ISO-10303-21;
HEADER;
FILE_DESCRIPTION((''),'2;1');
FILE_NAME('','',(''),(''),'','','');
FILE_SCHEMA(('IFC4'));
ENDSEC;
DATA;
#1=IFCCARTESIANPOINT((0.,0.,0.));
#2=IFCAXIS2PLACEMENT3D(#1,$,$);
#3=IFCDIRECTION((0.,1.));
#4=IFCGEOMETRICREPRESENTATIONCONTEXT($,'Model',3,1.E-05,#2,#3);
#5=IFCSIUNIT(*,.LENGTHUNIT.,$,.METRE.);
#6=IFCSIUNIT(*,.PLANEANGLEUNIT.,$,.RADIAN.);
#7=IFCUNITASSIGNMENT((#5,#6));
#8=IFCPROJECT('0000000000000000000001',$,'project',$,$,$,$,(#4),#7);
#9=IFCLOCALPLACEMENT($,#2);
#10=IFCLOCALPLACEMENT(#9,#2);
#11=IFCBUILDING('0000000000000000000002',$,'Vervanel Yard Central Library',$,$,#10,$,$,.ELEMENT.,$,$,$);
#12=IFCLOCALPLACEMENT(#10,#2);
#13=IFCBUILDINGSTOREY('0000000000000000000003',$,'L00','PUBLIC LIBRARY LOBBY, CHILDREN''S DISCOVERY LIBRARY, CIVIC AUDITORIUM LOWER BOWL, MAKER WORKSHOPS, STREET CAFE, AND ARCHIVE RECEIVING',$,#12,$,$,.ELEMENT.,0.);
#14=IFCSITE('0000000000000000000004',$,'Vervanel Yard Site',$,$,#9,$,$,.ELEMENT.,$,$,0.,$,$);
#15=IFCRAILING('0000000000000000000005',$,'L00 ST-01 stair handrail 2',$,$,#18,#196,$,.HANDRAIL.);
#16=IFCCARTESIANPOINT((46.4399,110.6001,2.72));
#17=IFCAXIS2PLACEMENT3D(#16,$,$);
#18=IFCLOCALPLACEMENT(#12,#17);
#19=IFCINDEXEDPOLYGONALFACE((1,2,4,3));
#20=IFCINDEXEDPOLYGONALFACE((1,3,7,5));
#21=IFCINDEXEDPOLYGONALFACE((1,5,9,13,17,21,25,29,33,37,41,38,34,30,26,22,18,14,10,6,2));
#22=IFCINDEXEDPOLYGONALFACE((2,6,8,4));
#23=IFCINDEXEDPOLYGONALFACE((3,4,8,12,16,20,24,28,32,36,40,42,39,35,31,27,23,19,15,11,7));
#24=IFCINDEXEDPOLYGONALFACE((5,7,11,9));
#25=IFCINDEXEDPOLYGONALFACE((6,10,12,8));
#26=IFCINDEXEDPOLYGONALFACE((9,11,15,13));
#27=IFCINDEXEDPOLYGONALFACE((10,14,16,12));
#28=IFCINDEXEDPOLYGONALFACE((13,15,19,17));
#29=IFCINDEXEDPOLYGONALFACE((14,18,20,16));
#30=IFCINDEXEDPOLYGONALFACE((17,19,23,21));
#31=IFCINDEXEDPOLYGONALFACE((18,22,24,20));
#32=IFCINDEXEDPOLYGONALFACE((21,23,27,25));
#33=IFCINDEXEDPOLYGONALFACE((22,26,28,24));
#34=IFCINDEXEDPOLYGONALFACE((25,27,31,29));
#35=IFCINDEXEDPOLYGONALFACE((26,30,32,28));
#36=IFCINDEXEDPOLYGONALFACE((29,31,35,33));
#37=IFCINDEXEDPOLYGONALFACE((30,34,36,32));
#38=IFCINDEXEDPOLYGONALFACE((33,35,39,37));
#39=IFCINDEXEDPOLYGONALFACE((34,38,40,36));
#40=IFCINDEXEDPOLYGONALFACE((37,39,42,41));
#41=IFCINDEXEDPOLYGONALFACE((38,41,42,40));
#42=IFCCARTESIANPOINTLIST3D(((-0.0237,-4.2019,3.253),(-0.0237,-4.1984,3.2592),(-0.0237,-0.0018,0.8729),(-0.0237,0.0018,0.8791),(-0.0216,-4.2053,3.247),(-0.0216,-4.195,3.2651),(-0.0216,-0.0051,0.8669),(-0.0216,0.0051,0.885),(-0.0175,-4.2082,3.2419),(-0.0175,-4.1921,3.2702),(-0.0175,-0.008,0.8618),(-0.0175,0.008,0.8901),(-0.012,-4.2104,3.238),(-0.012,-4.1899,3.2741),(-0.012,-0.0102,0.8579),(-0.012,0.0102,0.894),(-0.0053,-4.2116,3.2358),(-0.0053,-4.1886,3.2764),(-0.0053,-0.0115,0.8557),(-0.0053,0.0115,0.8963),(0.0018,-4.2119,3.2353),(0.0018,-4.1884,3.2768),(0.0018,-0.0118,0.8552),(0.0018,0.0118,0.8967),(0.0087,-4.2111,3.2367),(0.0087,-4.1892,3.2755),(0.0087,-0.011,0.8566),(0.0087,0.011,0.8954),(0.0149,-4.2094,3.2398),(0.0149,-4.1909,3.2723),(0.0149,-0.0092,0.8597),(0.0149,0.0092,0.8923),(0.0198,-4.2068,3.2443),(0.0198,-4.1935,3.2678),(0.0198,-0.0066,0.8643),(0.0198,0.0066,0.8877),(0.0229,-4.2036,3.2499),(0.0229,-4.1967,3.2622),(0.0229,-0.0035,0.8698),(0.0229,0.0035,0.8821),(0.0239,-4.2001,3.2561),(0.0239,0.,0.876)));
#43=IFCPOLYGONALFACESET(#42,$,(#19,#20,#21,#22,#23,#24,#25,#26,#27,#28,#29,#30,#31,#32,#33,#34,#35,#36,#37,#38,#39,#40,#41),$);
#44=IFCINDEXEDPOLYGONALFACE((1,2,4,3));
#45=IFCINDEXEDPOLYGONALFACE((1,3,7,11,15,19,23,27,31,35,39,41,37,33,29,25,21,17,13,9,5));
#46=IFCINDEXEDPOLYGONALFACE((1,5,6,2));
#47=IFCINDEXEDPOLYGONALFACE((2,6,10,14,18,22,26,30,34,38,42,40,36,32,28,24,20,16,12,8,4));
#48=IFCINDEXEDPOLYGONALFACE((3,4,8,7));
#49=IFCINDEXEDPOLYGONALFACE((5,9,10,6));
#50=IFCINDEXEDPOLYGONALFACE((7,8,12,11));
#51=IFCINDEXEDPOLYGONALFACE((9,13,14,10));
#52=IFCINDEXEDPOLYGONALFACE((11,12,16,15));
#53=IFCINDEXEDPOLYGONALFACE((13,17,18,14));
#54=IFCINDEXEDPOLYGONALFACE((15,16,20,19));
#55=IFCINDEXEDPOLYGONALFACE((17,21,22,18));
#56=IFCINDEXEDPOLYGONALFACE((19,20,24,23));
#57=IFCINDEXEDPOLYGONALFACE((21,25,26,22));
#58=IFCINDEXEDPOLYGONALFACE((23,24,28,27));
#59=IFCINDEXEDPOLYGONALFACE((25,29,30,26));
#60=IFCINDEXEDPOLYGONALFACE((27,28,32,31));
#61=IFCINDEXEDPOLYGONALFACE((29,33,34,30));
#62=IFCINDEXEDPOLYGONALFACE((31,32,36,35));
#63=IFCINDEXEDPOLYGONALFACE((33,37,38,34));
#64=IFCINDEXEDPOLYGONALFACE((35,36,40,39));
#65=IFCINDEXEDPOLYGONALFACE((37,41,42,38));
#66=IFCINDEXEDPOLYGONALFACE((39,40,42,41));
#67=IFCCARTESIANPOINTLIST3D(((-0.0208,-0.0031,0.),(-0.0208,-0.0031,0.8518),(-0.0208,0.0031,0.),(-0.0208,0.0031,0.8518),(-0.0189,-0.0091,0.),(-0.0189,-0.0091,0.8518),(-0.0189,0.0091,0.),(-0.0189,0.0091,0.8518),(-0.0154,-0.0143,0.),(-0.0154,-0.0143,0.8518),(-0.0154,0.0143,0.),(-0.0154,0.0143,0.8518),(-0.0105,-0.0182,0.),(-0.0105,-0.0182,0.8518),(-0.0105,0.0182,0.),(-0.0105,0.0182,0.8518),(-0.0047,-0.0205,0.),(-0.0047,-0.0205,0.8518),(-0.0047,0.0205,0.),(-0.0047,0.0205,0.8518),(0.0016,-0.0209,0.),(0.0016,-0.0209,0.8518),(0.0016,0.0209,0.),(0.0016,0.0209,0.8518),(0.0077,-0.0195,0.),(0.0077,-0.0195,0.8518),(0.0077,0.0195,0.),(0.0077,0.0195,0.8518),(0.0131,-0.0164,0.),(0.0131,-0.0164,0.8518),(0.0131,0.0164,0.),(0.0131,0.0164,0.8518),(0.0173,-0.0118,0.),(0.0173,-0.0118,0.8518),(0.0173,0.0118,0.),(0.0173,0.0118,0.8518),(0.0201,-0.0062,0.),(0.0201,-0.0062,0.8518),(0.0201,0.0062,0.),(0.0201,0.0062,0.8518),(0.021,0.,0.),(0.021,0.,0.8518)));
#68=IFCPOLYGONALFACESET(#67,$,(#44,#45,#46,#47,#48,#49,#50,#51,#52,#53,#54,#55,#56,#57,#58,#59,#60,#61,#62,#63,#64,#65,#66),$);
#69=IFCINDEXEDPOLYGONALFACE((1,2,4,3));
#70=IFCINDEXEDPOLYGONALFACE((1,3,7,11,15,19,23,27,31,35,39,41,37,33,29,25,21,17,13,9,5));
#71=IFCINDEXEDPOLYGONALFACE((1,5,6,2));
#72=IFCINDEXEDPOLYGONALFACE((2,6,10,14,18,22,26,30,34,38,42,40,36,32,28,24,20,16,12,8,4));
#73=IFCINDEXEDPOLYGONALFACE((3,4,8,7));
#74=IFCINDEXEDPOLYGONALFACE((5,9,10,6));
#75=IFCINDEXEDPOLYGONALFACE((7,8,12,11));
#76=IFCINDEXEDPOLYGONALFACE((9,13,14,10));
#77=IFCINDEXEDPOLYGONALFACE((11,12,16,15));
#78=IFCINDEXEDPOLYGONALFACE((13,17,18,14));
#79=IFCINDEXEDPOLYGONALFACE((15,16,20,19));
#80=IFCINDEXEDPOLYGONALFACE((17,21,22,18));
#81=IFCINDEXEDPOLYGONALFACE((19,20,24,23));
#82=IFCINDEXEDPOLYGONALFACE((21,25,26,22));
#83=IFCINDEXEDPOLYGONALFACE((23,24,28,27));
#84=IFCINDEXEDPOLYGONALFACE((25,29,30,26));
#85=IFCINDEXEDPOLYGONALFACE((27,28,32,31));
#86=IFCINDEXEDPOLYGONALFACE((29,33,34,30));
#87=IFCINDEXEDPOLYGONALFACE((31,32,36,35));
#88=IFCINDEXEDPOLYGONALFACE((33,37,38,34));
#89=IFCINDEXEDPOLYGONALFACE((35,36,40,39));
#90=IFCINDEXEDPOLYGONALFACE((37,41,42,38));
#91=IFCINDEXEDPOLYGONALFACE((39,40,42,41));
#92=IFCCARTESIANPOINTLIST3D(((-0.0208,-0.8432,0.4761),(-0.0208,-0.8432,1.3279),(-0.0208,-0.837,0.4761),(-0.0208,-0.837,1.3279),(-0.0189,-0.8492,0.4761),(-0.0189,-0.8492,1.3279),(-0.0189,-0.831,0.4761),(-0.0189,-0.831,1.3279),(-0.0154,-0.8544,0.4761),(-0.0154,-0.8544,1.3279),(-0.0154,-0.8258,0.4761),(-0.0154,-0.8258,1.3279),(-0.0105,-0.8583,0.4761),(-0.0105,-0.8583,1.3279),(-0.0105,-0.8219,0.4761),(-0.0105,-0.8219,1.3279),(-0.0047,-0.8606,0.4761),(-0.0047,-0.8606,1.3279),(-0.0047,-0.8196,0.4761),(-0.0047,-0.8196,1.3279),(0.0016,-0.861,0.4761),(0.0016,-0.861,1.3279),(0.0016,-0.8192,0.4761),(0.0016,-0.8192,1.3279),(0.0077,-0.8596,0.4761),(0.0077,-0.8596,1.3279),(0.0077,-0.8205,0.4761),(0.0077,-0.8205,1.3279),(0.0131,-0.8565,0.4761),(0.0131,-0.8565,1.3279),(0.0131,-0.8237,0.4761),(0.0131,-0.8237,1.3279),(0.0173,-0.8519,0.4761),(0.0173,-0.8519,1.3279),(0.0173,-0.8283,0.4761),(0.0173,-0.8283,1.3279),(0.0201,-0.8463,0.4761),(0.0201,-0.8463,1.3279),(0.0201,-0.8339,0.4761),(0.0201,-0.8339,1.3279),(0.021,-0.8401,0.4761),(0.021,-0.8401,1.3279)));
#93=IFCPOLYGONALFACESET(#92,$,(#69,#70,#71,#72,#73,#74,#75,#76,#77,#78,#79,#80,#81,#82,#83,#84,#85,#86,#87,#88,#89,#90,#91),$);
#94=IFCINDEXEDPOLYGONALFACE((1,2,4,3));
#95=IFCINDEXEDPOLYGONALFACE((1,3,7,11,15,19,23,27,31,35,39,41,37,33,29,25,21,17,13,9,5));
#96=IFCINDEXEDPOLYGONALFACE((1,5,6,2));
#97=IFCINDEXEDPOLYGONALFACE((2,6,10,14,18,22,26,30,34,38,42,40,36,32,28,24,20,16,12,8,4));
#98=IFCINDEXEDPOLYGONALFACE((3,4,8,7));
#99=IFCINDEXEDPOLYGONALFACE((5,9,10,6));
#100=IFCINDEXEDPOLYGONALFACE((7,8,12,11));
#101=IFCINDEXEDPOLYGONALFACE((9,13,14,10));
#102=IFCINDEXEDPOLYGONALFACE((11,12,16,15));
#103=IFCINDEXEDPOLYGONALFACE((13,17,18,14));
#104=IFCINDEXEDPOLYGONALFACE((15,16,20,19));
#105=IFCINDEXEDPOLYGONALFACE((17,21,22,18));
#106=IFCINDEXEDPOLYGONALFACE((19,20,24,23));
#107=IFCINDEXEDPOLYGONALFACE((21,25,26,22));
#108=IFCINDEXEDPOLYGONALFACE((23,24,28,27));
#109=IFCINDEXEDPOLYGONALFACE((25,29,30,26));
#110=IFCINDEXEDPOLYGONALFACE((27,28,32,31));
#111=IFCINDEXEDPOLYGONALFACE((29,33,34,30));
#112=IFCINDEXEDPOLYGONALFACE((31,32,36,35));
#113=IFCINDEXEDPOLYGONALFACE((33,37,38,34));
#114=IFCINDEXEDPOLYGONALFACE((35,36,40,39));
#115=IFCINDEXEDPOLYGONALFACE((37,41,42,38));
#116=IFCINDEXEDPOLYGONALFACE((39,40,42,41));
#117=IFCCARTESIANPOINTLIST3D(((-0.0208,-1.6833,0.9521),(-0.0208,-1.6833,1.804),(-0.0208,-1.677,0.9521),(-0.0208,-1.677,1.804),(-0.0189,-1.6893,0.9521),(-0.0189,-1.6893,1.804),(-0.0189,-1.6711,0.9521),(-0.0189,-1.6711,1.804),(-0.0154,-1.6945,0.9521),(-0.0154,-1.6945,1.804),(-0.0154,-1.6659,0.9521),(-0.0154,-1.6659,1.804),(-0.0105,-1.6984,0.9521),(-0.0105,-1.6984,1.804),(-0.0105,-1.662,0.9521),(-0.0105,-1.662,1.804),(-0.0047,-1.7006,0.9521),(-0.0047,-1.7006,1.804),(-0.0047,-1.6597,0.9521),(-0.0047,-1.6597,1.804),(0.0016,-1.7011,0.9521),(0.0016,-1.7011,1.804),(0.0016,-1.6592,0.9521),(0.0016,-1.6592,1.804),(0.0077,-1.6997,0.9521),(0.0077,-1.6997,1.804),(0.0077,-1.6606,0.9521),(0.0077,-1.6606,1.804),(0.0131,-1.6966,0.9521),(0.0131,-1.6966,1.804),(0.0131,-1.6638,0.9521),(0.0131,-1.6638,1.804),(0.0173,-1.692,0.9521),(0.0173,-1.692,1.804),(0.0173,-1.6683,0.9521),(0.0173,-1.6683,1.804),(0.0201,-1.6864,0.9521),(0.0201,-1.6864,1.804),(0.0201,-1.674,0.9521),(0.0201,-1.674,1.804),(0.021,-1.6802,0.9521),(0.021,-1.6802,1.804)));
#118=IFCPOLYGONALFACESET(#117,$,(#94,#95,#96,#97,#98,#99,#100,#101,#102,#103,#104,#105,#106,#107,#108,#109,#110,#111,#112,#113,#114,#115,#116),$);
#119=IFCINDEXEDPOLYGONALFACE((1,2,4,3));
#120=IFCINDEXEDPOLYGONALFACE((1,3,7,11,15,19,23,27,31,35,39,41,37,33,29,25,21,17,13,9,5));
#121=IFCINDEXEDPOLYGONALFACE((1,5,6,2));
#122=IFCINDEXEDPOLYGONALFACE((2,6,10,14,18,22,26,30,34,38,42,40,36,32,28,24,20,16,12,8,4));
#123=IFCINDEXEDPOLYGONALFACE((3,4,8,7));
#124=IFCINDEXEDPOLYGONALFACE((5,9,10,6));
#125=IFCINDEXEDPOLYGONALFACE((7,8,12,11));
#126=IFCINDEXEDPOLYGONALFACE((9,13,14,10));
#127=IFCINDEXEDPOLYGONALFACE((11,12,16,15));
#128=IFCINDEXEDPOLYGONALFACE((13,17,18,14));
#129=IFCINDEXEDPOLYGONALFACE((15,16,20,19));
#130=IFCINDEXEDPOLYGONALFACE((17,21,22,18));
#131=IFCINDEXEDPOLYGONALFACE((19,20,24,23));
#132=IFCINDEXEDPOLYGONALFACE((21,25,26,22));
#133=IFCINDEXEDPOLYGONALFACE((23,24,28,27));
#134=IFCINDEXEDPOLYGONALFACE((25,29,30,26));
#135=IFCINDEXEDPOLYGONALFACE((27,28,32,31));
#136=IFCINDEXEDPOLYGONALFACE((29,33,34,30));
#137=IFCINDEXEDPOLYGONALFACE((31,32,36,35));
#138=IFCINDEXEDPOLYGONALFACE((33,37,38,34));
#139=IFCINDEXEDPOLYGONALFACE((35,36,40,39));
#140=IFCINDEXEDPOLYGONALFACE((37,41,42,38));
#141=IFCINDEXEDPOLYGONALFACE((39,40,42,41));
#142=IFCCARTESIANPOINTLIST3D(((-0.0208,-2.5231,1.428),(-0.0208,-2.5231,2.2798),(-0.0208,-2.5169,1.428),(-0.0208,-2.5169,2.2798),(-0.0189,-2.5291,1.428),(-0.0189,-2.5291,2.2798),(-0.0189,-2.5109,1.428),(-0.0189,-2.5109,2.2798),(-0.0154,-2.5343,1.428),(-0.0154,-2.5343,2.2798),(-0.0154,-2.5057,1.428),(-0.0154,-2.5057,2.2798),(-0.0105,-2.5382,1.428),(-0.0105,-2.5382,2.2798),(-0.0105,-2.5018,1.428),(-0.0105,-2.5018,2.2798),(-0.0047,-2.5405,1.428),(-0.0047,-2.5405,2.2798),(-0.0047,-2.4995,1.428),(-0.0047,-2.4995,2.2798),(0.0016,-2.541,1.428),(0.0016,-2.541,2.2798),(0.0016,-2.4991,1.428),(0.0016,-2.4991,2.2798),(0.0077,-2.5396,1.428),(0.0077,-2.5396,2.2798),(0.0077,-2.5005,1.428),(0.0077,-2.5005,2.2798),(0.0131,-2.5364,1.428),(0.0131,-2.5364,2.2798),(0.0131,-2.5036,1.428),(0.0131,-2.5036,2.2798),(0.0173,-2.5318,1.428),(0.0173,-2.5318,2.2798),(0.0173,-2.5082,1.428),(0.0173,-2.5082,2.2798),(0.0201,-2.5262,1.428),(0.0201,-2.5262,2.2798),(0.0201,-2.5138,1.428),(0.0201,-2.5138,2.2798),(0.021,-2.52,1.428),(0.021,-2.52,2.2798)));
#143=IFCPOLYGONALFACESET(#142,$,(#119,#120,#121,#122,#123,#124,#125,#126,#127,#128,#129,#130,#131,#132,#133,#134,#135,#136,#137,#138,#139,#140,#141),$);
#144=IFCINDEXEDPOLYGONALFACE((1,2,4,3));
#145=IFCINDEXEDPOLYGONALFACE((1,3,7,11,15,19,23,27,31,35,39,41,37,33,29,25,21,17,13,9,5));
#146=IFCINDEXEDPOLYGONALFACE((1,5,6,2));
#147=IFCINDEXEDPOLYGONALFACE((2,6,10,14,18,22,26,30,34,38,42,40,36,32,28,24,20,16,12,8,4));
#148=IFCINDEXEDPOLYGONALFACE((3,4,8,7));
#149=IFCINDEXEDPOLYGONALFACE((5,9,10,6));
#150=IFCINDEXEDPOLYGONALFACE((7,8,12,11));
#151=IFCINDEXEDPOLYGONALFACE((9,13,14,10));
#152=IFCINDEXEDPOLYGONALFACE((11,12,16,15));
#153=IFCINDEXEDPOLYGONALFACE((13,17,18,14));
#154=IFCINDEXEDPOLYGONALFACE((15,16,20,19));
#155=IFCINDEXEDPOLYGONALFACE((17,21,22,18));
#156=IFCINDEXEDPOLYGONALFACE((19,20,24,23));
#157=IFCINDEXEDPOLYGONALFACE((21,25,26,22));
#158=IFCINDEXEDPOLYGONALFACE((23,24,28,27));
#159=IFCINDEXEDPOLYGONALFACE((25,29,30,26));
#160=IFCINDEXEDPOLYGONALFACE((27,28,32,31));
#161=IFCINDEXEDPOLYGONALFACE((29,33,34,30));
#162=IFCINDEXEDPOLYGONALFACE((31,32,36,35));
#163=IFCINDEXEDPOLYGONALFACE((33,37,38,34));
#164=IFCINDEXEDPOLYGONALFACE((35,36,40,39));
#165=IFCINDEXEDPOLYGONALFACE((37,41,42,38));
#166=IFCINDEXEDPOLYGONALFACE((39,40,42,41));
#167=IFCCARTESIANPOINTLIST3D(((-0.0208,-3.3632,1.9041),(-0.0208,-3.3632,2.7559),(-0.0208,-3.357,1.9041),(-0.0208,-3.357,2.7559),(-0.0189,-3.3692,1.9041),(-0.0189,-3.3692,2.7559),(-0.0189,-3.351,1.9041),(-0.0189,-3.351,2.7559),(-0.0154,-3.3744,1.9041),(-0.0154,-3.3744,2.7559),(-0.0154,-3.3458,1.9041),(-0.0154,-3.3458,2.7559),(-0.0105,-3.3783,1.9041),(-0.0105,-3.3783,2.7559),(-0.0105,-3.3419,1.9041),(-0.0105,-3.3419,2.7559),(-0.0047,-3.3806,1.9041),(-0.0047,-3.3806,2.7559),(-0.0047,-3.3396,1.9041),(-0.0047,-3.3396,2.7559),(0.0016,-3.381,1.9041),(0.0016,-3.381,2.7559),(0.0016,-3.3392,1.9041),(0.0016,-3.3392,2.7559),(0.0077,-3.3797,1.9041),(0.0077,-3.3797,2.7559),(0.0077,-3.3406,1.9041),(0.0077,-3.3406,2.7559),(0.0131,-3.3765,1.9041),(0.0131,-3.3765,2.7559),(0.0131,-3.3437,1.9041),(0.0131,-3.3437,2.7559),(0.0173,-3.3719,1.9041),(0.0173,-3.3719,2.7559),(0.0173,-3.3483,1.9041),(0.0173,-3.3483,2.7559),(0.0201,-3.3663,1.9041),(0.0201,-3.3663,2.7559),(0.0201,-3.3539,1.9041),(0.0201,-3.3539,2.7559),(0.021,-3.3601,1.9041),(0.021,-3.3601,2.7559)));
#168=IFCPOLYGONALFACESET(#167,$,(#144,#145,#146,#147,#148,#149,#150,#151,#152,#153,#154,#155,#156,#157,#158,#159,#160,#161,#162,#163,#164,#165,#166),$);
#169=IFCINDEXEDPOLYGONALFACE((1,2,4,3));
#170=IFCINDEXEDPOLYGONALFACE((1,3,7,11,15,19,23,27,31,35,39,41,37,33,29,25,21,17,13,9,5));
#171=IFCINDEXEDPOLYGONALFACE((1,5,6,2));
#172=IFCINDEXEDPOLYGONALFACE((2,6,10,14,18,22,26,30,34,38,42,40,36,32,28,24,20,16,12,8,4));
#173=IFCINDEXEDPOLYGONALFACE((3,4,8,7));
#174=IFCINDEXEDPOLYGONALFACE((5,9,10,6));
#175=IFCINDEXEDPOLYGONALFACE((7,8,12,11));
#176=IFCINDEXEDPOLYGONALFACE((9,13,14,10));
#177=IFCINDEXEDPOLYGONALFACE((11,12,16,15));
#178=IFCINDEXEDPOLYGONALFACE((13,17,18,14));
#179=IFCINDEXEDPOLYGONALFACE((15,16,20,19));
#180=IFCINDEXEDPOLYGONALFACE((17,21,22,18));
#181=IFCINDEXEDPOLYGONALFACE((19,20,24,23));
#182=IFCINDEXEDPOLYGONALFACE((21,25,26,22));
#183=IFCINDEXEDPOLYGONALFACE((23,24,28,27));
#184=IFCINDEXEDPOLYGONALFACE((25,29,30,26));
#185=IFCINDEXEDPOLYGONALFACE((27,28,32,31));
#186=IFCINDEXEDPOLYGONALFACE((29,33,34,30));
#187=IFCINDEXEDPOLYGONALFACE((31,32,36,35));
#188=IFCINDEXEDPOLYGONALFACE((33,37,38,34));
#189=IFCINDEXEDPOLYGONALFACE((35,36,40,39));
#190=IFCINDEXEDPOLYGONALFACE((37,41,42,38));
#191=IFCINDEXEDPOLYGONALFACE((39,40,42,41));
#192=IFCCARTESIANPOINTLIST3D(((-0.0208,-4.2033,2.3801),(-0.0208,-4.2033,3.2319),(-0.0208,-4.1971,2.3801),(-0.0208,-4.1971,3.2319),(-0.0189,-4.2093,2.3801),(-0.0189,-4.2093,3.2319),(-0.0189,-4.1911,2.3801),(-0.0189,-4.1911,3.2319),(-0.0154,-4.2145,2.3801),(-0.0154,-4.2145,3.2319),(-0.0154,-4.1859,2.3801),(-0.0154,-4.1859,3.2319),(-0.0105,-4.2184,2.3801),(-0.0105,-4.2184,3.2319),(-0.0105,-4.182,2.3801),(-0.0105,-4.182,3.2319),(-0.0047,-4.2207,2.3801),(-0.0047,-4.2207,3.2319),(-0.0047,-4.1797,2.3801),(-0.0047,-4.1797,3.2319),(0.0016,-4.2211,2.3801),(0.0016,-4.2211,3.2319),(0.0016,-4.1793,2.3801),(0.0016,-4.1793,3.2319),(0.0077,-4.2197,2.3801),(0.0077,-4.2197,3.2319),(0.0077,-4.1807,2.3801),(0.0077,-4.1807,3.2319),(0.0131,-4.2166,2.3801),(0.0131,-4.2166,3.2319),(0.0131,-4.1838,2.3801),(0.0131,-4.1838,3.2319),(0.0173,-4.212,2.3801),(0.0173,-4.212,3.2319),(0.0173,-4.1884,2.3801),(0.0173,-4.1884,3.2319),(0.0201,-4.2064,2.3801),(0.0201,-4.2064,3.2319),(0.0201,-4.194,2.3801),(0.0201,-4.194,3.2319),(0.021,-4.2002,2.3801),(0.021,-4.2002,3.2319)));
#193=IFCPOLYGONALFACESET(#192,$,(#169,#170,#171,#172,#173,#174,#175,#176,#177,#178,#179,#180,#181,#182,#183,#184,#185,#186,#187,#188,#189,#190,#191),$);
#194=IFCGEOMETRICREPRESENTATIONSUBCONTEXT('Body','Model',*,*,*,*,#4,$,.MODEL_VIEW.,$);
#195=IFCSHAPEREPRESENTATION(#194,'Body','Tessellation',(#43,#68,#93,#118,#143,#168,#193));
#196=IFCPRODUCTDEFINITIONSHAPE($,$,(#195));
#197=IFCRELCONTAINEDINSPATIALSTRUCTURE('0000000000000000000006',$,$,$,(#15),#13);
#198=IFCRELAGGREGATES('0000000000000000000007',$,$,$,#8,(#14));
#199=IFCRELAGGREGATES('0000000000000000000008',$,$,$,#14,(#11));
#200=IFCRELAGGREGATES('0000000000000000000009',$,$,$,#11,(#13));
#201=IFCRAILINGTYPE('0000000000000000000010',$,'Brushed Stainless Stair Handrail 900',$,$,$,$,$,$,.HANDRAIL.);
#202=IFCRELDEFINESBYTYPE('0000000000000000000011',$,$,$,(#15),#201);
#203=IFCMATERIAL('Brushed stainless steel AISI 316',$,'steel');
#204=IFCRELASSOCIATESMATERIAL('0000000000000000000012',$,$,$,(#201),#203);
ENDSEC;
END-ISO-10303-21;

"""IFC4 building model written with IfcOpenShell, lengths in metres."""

from ifc_helpers import new_model, si_unit, direction, frame, origin, origin_2d, place, context, subcontext, project, spatial, circle, extrude, material, type_object, element, save


model = new_model("IFC4")

# Units and contexts
model_context = context("Model", 3, precision=1e-05, world=origin(), true_north=direction((0.0, 1.0)))
body_context = subcontext(model_context, "Body", "Model", "MODEL_VIEW")
ifc_project = project(units=[si_unit("LENGTHUNIT", "METRE"), si_unit("PLANEANGLEUNIT", "RADIAN")], contexts=[model_context])

# Site, building, storey
site_placement = place(None, origin())
site = spatial("IfcSite", under=ifc_project, at=site_placement, Name="Vervanel Yard Site", CompositionType="ELEMENT", RefElevation=0.0)
building_placement = place(site_placement, origin())
building = spatial("IfcBuilding", under=site, at=building_placement, Name="Vervanel Yard Central Library", CompositionType="ELEMENT")
storey_placement = place(building_placement, origin())
storey = spatial("IfcBuildingStorey", under=building, at=storey_placement, Name="L00", Description="PUBLIC LIBRARY LOBBY, CHILDREN'S DISCOVERY LIBRARY, CIVIC AUDITORIUM LOWER BOWL, MAKER WORKSHOPS, STREET CAFE, AND ARCHIVE RECEIVING", CompositionType="ELEMENT", Elevation=0.0)

# Shared definitions
ifc_material_1 = material(Name="Brushed stainless steel AISI 316", Category="steel")

# Railing
railing_type_1 = type_object("IfcRailingType", Name="Brushed Stainless Stair Handrail 900", PredefinedType="HANDRAIL", material=ifc_material_1)
railing_1_placement = place(storey_placement, frame((46.4399, 110.6001, 2.72)))
element("IfcRailing", 1, at=railing_1_placement, inside=storey, type_object=railing_type_1, Name="L00 ST-01 stair handrail 2", PredefinedType="HANDRAIL", context=body_context, shape_type="SweptSolid", body=[
    extrude(circle(Radius=0.0239, at=origin_2d()), frame((0.0, 0.0, 0.876), z_axis=(0.0, -0.870021, 0.493015), x_axis=(1.0, 0.0, 0.0)), (0.0, 0.0, 1.0), 4.8276),
    extrude(circle(Radius=0.021, at=origin_2d()), origin(), (0.0, 0.0, 1.0), 0.8518),
    extrude(circle(Radius=0.021, at=origin_2d()), frame((0.0, -0.8401, 0.4761)), (0.0, 0.0, 1.0), 0.8518),
    extrude(circle(Radius=0.021, at=origin_2d()), frame((0.0, -1.6802, 0.9521)), (0.0, 0.0, 1.0), 0.8518),
    extrude(circle(Radius=0.021, at=origin_2d()), frame((0.0, -2.52, 1.428)), (0.0, 0.0, 1.0), 0.8518),
    extrude(circle(Radius=0.021, at=origin_2d()), frame((0.0, -3.3601, 1.9041)), (0.0, 0.0, 1.0), 0.8518),
    extrude(circle(Radius=0.021, at=origin_2d()), frame((0.0, -4.2002, 2.3801)), (0.0, 0.0, 1.0), 0.8518),
])

save(model, "model.ifc")
